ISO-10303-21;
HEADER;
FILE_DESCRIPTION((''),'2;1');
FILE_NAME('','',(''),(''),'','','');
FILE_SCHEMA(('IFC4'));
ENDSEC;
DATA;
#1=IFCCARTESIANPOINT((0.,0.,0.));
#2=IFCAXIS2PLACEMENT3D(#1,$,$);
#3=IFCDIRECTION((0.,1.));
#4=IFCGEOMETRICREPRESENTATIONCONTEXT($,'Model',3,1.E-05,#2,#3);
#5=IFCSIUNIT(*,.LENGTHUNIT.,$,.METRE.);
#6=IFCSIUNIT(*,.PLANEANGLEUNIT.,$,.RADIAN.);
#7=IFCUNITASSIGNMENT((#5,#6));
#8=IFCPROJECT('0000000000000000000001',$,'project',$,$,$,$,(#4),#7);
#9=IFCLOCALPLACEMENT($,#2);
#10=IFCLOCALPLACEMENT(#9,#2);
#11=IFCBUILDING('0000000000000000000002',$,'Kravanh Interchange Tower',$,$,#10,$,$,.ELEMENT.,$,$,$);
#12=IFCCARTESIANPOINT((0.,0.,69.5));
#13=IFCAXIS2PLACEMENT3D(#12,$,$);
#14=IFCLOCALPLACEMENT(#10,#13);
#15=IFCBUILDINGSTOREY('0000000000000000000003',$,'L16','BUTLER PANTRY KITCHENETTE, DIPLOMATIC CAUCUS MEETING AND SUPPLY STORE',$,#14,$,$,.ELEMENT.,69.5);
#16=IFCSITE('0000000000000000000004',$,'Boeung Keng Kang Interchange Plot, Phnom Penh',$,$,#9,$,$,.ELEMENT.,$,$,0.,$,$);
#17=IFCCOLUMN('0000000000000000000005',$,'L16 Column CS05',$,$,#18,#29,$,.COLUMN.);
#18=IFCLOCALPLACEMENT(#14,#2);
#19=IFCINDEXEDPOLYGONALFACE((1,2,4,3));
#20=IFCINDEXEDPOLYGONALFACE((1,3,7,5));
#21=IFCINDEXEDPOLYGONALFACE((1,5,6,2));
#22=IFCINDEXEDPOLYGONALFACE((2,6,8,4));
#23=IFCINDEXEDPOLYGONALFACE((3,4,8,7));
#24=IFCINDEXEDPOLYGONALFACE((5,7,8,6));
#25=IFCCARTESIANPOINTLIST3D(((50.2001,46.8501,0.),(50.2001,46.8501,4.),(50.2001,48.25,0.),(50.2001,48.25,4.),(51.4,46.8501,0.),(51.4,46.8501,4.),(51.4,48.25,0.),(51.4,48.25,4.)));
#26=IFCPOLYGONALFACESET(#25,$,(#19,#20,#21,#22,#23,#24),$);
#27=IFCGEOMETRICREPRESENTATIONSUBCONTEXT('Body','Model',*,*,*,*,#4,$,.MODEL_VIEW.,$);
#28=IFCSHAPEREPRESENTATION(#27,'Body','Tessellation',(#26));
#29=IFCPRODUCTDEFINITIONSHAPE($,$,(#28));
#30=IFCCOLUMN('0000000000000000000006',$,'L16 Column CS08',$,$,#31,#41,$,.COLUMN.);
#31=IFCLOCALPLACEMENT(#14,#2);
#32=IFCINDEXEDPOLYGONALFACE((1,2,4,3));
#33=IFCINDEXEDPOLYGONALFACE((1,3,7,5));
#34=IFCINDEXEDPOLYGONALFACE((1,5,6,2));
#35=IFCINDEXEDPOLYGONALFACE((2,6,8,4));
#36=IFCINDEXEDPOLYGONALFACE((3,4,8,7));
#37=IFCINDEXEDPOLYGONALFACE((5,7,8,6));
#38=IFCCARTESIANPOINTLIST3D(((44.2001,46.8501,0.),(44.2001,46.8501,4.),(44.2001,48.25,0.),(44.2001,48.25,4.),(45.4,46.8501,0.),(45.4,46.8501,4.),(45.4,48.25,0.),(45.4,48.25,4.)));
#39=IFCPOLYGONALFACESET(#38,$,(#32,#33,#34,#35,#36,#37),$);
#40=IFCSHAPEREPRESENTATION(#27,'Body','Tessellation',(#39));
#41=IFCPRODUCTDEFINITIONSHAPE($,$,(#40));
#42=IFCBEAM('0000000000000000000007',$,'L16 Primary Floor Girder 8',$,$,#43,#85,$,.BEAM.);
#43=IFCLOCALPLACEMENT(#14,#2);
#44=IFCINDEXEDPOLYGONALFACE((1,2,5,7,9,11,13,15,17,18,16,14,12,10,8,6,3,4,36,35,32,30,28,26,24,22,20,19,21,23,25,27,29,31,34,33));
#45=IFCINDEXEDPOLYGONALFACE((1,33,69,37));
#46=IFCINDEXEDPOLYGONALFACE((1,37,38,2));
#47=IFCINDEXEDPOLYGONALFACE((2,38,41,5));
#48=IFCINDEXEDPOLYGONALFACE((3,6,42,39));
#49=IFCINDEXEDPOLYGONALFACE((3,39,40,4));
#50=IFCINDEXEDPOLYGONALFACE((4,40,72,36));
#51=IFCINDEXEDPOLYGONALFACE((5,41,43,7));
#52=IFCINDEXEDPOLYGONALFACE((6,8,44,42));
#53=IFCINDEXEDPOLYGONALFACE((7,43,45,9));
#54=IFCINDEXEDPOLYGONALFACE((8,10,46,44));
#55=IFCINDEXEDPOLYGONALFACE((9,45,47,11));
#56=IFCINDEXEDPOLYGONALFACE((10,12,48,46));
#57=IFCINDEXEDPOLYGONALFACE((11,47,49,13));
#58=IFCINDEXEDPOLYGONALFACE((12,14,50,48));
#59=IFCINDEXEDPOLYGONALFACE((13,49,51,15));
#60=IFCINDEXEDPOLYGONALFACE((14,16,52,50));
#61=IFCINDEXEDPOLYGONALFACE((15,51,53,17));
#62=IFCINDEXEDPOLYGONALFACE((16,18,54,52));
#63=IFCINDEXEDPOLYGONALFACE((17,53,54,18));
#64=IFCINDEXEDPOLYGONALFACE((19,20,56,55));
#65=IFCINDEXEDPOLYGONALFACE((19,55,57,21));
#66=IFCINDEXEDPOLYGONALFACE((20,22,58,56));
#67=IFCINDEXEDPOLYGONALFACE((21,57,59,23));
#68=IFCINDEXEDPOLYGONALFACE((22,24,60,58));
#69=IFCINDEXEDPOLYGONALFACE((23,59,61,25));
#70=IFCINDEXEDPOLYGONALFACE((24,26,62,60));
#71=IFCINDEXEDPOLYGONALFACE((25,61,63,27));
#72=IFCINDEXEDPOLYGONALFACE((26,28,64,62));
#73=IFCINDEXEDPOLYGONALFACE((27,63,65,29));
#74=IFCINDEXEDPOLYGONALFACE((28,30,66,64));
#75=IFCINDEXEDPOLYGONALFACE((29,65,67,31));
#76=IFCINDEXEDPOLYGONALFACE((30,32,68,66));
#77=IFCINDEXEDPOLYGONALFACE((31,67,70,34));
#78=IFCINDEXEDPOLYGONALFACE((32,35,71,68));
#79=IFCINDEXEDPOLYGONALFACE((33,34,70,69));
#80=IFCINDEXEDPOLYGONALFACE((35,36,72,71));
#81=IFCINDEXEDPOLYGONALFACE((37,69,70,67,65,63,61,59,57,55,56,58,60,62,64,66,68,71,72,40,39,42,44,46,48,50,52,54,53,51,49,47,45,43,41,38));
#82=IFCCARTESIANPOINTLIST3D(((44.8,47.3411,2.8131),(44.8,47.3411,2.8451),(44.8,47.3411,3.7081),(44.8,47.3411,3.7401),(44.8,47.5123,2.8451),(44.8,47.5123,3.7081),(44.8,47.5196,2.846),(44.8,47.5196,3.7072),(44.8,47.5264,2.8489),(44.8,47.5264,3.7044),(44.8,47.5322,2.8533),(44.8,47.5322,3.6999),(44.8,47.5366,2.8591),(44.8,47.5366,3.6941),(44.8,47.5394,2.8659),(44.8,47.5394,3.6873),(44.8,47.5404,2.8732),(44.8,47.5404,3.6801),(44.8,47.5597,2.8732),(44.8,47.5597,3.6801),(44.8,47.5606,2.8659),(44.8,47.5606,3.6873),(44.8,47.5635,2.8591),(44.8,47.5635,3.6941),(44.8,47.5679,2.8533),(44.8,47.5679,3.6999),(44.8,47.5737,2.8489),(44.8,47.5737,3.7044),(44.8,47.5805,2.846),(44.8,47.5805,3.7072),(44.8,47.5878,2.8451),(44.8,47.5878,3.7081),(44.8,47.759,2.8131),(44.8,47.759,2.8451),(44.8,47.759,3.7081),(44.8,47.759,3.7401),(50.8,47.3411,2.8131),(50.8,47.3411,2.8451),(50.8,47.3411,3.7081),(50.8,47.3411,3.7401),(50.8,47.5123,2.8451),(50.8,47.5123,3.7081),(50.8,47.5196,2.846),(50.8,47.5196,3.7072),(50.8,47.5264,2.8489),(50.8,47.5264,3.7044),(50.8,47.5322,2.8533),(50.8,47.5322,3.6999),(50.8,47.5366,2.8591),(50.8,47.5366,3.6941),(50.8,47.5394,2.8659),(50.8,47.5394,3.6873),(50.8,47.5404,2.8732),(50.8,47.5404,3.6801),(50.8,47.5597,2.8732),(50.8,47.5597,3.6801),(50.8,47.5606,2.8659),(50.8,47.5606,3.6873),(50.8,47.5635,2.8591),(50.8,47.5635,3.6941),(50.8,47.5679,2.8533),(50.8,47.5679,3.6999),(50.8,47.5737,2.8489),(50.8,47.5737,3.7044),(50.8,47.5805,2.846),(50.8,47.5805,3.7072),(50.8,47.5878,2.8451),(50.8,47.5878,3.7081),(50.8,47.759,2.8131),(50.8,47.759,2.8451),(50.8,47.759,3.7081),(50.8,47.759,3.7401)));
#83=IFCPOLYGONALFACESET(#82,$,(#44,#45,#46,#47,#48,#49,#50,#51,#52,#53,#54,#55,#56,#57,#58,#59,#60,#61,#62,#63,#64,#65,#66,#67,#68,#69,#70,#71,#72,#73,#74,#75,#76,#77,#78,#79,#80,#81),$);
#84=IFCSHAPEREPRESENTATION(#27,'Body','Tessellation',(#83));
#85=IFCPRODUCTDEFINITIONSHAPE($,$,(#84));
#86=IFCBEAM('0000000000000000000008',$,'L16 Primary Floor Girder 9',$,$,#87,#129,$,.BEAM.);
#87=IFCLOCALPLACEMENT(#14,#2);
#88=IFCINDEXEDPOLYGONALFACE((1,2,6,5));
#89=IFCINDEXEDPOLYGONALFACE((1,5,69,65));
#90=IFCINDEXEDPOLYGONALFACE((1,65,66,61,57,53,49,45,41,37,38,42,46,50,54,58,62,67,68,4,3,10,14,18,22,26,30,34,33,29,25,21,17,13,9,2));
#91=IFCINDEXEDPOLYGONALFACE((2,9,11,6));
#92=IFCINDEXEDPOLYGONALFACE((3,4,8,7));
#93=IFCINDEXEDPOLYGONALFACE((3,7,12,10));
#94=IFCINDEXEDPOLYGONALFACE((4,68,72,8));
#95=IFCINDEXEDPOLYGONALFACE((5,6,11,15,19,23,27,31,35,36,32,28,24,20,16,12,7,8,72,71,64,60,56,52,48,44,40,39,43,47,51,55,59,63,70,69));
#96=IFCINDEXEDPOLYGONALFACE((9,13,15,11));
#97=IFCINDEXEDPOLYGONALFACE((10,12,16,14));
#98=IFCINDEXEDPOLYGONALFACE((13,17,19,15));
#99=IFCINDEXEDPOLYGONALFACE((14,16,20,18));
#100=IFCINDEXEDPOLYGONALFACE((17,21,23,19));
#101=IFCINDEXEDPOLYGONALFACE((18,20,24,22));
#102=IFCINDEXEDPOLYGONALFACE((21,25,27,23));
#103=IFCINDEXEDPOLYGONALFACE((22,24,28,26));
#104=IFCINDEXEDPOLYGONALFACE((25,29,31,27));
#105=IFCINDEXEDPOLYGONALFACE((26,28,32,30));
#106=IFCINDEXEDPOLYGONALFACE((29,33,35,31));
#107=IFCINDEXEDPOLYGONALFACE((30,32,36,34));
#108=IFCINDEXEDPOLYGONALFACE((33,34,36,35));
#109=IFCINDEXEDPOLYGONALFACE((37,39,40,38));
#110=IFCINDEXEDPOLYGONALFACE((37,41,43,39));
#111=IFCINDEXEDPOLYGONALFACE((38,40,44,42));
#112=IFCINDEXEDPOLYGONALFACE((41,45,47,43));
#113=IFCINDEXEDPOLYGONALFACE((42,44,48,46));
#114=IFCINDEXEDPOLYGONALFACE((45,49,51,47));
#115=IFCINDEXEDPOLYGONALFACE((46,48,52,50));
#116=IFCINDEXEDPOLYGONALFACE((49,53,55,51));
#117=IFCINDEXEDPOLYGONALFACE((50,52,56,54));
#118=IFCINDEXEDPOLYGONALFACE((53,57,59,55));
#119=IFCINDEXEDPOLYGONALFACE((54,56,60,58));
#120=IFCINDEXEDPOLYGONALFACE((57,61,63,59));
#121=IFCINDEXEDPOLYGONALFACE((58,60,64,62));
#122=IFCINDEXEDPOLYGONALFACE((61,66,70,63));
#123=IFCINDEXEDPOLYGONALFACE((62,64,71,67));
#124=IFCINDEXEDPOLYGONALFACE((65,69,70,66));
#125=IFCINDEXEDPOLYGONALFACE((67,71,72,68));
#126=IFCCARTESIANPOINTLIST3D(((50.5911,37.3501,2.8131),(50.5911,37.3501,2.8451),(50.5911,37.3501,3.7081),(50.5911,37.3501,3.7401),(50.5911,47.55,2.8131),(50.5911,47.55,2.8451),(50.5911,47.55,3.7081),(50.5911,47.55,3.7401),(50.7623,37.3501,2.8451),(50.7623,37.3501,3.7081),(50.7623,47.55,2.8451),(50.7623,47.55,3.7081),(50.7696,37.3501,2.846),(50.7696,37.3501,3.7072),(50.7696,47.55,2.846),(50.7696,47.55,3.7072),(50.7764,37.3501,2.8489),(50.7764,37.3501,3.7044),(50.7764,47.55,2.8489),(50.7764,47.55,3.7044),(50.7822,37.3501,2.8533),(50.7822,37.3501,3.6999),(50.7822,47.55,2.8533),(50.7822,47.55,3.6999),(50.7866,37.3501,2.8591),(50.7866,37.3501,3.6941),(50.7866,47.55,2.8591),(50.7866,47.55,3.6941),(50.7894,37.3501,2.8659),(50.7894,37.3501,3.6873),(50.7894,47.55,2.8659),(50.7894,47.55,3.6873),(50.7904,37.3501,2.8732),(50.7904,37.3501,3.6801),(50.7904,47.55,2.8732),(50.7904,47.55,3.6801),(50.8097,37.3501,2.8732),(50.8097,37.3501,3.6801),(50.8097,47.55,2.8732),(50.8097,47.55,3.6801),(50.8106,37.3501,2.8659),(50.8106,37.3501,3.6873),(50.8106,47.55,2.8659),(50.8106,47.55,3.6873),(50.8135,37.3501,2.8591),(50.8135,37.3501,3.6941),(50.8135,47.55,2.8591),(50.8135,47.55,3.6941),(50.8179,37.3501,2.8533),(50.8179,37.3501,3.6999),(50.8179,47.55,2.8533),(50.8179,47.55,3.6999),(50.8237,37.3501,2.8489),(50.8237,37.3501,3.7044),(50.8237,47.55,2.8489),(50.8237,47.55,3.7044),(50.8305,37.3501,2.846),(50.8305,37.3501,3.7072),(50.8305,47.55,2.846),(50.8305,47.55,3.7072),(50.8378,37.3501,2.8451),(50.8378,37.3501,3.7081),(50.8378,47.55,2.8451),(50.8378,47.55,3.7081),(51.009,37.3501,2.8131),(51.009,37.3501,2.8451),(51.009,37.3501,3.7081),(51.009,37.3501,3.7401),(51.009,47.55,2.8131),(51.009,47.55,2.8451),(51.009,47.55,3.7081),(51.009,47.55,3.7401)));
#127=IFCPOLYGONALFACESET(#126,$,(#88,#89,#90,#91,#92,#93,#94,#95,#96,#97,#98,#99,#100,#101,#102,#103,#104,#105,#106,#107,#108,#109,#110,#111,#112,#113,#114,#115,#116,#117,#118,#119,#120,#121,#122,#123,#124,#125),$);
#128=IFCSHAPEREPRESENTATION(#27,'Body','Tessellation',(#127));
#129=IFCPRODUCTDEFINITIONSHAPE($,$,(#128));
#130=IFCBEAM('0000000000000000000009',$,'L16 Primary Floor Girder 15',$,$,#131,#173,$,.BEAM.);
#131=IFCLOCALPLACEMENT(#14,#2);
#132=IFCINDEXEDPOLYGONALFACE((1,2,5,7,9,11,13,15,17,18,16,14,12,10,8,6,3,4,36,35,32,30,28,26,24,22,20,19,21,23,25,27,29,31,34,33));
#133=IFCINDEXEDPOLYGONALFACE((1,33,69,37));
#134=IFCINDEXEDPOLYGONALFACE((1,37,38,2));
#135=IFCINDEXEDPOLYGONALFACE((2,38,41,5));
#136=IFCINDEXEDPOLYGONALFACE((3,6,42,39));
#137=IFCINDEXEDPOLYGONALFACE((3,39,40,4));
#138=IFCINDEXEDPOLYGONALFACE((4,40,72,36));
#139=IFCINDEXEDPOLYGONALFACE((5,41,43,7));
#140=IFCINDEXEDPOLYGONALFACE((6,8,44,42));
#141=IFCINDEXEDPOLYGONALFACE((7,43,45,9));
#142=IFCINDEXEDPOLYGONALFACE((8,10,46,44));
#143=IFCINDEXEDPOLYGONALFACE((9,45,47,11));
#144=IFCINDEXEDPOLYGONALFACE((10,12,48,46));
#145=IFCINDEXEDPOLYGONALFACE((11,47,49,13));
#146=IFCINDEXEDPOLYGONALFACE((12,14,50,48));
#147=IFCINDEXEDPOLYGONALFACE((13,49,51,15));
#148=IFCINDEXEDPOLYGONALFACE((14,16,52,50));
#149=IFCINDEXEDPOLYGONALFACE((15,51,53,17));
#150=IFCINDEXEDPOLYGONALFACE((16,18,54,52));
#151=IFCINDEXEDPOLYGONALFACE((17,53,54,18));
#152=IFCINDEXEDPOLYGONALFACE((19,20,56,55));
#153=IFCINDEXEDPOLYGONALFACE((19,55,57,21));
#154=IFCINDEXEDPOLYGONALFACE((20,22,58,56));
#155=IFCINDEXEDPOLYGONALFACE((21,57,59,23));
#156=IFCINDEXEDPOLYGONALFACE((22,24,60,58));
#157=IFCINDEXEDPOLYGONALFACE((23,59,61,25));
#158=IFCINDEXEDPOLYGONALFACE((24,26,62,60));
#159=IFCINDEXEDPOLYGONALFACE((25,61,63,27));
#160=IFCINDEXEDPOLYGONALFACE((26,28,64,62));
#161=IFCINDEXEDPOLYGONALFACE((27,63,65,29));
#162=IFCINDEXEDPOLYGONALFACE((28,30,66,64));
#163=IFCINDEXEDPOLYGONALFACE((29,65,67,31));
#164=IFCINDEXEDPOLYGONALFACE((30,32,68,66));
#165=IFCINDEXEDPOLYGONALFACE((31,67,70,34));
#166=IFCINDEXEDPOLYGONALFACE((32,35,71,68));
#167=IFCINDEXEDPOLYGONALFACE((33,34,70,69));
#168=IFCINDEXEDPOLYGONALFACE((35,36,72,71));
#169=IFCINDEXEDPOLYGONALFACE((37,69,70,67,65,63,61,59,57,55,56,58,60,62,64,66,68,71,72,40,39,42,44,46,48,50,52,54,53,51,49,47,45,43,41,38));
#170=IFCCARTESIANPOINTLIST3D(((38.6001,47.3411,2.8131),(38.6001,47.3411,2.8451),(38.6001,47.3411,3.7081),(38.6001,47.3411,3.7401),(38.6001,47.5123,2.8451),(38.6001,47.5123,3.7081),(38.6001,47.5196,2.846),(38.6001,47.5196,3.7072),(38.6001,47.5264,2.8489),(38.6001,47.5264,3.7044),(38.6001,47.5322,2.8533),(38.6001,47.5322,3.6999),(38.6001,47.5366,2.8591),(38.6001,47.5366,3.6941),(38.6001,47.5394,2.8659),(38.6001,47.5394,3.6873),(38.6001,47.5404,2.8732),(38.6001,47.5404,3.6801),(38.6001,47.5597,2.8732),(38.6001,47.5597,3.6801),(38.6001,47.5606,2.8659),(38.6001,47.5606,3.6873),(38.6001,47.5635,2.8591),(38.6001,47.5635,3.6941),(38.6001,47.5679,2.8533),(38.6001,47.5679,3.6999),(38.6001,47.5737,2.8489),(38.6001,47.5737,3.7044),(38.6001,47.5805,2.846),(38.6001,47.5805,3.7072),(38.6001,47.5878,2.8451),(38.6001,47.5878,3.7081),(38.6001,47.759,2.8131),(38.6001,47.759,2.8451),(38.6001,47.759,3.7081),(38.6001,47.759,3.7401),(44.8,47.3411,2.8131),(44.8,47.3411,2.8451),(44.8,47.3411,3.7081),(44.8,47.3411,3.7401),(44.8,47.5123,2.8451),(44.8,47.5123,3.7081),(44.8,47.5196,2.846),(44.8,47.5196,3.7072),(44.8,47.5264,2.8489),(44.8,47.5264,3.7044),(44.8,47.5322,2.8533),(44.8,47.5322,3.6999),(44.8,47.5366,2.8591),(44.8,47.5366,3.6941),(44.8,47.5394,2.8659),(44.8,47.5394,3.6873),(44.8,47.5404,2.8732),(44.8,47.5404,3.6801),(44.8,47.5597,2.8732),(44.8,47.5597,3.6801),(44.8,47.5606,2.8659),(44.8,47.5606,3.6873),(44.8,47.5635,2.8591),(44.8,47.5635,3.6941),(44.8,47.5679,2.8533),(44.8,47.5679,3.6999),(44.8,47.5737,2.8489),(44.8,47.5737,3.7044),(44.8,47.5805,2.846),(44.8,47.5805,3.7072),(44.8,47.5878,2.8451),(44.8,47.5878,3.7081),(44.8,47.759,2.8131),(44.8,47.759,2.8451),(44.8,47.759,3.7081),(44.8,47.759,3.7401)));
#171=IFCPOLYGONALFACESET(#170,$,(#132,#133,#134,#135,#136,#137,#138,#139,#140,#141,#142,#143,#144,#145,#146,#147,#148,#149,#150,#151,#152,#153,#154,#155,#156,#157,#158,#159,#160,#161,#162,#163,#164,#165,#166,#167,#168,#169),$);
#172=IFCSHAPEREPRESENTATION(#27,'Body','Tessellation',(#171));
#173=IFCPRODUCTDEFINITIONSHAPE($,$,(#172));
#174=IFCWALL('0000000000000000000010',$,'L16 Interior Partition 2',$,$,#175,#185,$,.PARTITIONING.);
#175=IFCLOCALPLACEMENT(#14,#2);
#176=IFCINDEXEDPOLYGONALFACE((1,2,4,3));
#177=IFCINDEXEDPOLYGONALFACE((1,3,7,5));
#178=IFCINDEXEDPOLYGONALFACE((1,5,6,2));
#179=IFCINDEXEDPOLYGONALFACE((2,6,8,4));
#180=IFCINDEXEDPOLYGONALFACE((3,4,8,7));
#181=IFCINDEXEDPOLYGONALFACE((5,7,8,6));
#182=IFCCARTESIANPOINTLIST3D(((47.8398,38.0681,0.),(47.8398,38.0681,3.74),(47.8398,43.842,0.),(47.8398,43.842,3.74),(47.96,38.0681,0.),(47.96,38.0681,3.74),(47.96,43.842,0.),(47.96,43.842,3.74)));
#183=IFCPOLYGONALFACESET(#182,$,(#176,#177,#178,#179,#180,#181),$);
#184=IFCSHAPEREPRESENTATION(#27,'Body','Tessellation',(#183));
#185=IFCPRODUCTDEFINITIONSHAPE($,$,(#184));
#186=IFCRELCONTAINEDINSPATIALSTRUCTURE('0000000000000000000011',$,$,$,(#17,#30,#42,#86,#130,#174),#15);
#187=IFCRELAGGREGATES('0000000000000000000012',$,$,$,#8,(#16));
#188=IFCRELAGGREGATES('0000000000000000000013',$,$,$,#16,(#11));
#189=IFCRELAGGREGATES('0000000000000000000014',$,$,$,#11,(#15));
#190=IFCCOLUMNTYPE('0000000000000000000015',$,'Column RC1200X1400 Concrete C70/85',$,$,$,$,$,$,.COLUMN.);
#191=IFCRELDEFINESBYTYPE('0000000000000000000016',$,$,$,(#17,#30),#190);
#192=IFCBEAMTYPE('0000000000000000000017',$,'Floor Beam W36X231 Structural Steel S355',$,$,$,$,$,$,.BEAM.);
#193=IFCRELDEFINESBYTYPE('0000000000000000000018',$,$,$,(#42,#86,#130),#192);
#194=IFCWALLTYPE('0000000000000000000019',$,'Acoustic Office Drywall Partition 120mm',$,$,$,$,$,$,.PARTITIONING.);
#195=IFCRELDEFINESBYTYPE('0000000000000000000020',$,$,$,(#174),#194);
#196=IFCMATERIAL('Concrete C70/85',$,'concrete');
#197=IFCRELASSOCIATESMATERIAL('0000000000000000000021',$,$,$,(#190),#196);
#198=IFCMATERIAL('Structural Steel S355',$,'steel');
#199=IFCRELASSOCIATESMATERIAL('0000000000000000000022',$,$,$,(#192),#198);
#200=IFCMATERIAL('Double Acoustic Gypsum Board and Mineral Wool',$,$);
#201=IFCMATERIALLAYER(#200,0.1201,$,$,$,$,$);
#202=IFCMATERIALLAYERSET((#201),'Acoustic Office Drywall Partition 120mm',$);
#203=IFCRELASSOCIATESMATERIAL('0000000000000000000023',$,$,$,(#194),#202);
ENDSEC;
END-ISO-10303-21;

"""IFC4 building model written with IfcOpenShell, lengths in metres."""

from ifc_helpers import new_model, si_unit, direction, frame, frame_2d, origin, origin_2d, place, context, subcontext, project, spatial, rectangle, i_section, extrude, material, layer, layer_set, material_profile, profile_set, type_object, element, save


model = new_model("IFC4")

# Units and contexts
model_context = context("Model", 3, precision=1e-05, world=origin(), true_north=direction((0.0, 1.0)))
body_context = subcontext(model_context, "Body", "Model", "MODEL_VIEW")
ifc_project = project(units=[si_unit("LENGTHUNIT", "METRE"), si_unit("PLANEANGLEUNIT", "RADIAN")], contexts=[model_context])

# Site, building, storey
site_placement = place(None, origin())
site = spatial("IfcSite", under=ifc_project, at=site_placement, Name="Boeung Keng Kang Interchange Plot, Phnom Penh", CompositionType="ELEMENT", RefElevation=0.0)
building_placement = place(site_placement, origin())
building = spatial("IfcBuilding", under=site, at=building_placement, Name="Kravanh Interchange Tower", CompositionType="ELEMENT")
storey_placement = place(building_placement, frame((0.0, 0.0, 69.5)))
storey = spatial("IfcBuildingStorey", under=building, at=storey_placement, Name="L16", Description="BUTLER PANTRY KITCHENETTE, DIPLOMATIC CAUCUS MEETING AND SUPPLY STORE", CompositionType="ELEMENT", Elevation=69.5)

# Columns
ifc_material_1 = material(Name="Concrete C70/85", Category="concrete")
ifc_material_profile_1 = material_profile(ifc_material_1, rectangle(XDim=1.2, YDim=1.3999, at=origin_2d()), Name="RC1200X1400")
ifc_profile_set_1 = profile_set([ifc_material_profile_1], Name="Concrete C70/85")
column_type = type_object("IfcColumnType", Name="Column RC1200X1400 Concrete C70/85", PredefinedType="COLUMN", material=ifc_profile_set_1)
for number, where, z_axis, x_axis, name in (
    (1, (50.8, 47.55, 0.0), (0.0, 0.0, 1.0), (1.0, 0.0, 0.0), "L16 Column CS05"),
    (2, (44.8, 47.55, 0.0), (0.0, 0.0, 1.0), (1.0, 0.0, 0.0), "L16 Column CS08"),
):
    element("IfcColumn", number, at=place(storey_placement, frame(where, z_axis=z_axis, x_axis=x_axis)), inside=storey, type_object=column_type, Name=name, PredefinedType="COLUMN", context=body_context, shape_type="SweptSolid", body=[
        extrude(rectangle(XDim=1.2, YDim=1.3999, at=origin_2d()), origin(), (0.0, 0.0, 1.0), 4.0),
    ])

# Beams
ifc_material_2 = material(Name="Structural Steel S355", Category="steel")
ifc_material_profile_2 = material_profile(ifc_material_2, i_section(OverallWidth=0.418, OverallDepth=0.927, WebThickness=0.0193, FlangeThickness=0.032, FilletRadius=0.0281, at=origin_2d()), Name="W36X231")
ifc_profile_set_2 = profile_set([ifc_material_profile_2], Name="Structural Steel S355")
beam_type = type_object("IfcBeamType", Name="Floor Beam W36X231 Structural Steel S355", PredefinedType="BEAM", material=ifc_profile_set_2)
beam_1_placement = place(storey_placement, frame((50.8, 47.55, 3.2766), z_axis=(-1.0, 0.0, 0.0), x_axis=(0.0, -1.0, 0.0)))
element("IfcBeam", 3, at=beam_1_placement, inside=storey, type_object=beam_type, Name="L16 Primary Floor Girder 8", PredefinedType="BEAM", context=body_context, shape_type="SweptSolid", body=[
    extrude(i_section(OverallWidth=0.418, OverallDepth=0.927, WebThickness=0.0193, FlangeThickness=0.032, FilletRadius=0.0281, at=origin_2d()), origin(), (0.0, 0.0, 1.0), 6.0),
])
beam_2_placement = place(storey_placement, frame((50.8, 47.55, 3.2766), z_axis=(0.0, -1.0, 0.0), x_axis=(1.0, 0.0, 0.0)))
element("IfcBeam", 4, at=beam_2_placement, inside=storey, type_object=beam_type, Name="L16 Primary Floor Girder 9", PredefinedType="BEAM", context=body_context, shape_type="SweptSolid", body=[
    extrude(i_section(OverallWidth=0.418, OverallDepth=0.927, WebThickness=0.0193, FlangeThickness=0.032, FilletRadius=0.0281, at=origin_2d()), origin(), (0.0, 0.0, 1.0), 10.2),
])
beam_3_placement = place(storey_placement, frame((44.8, 47.55, 3.2766), z_axis=(-1.0, 0.0, 0.0), x_axis=(0.0, -1.0, 0.0)))
element("IfcBeam", 5, at=beam_3_placement, inside=storey, type_object=beam_type, Name="L16 Primary Floor Girder 15", PredefinedType="BEAM", context=body_context, shape_type="SweptSolid", body=[
    extrude(i_section(OverallWidth=0.418, OverallDepth=0.927, WebThickness=0.0193, FlangeThickness=0.032, FilletRadius=0.0281, at=origin_2d()), origin(), (0.0, 0.0, 1.0), 6.2),
])

# Wall
ifc_material_3 = material(Name="Double Acoustic Gypsum Board and Mineral Wool")
ifc_layer_1 = layer(ifc_material_3, 0.1201)
ifc_layer_set_1 = layer_set([ifc_layer_1], Name="Acoustic Office Drywall Partition 120mm")
wall_type_1 = type_object("IfcWallType", Name="Acoustic Office Drywall Partition 120mm", PredefinedType="PARTITIONING", material=ifc_layer_set_1)
wall_1_placement = place(storey_placement, frame((47.8999, 38.0681, 0.0), z_axis=(0.0, 0.0, 1.0), x_axis=(0.0, 1.0, 0.0)))
element("IfcWall", 6, at=wall_1_placement, inside=storey, type_object=wall_type_1, Name="L16 Interior Partition 2", PredefinedType="PARTITIONING", context=body_context, shape_type="SweptSolid", body=[
    extrude(rectangle(XDim=5.7739, YDim=0.1201, at=frame_2d((2.887, 0.0))), origin(), (0.0, 0.0, 1.0), 3.74),
])

save(model, "model.ifc")
